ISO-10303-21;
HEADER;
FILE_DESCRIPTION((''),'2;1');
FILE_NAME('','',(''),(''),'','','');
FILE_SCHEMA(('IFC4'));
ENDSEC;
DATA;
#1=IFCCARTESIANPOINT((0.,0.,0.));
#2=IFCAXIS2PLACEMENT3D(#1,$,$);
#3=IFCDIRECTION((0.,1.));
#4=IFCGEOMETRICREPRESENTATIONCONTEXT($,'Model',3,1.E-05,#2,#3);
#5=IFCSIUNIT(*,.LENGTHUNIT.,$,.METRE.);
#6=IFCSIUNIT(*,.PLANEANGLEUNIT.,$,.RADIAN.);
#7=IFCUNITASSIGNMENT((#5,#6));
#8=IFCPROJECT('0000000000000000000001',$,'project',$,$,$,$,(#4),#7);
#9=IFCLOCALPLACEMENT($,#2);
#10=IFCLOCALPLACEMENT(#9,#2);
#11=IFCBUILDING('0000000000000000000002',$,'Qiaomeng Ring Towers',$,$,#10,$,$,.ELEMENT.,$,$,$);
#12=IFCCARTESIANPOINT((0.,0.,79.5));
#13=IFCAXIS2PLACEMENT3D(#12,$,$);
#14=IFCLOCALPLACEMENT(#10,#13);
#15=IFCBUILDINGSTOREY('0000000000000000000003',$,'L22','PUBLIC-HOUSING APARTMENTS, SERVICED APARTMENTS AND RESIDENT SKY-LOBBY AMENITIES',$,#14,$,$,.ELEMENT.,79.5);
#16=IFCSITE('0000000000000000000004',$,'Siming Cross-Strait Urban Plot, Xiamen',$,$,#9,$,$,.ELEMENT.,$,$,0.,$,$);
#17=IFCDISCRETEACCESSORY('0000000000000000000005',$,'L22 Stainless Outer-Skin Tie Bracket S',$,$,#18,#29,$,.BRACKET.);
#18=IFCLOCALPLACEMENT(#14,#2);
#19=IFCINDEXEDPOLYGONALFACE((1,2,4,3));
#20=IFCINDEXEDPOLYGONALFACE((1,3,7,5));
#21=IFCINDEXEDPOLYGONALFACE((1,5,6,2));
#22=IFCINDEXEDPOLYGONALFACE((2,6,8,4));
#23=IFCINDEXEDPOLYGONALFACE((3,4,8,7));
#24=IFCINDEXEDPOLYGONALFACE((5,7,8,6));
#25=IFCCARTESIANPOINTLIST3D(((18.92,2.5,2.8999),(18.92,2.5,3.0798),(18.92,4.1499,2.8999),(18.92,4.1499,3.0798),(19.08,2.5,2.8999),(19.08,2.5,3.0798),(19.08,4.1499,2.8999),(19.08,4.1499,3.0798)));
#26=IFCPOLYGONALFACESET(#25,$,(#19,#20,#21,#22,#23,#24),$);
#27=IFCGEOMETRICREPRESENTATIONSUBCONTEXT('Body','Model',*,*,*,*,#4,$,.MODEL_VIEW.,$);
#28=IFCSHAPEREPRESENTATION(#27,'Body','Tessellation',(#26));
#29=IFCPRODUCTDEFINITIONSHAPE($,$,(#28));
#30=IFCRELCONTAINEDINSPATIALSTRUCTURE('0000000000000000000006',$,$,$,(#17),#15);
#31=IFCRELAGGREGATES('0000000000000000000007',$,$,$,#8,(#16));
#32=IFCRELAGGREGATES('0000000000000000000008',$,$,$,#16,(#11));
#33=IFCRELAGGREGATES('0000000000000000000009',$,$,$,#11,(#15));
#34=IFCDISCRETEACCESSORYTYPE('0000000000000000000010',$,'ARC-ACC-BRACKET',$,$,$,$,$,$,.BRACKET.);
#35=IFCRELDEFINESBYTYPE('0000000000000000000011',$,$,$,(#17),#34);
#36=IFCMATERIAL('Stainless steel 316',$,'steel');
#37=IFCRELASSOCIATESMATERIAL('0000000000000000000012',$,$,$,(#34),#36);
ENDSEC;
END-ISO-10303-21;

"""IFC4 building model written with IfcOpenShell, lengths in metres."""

from ifc_helpers import new_model, si_unit, direction, frame, origin, origin_2d, place, context, subcontext, project, spatial, rectangle, extrude, source, transform, mapped, material, type_object, element, save


model = new_model("IFC4")

# Units and contexts
model_context = context("Model", 3, precision=1e-05, world=origin(), true_north=direction((0.0, 1.0)))
body_context = subcontext(model_context, "Body", "Model", "MODEL_VIEW")
ifc_project = project(units=[si_unit("LENGTHUNIT", "METRE"), si_unit("PLANEANGLEUNIT", "RADIAN")], contexts=[model_context])

# Site, building, storey
site_placement = place(None, origin())
site = spatial("IfcSite", under=ifc_project, at=site_placement, Name="Siming Cross-Strait Urban Plot, Xiamen", CompositionType="ELEMENT", RefElevation=0.0)
building_placement = place(site_placement, origin())
building = spatial("IfcBuilding", under=site, at=building_placement, Name="Qiaomeng Ring Towers", CompositionType="ELEMENT")
storey_placement = place(building_placement, frame((0.0, 0.0, 79.5)))
storey = spatial("IfcBuildingStorey", under=building, at=storey_placement, Name="L22", Description="PUBLIC-HOUSING APARTMENTS, SERVICED APARTMENTS AND RESIDENT SKY-LOBBY AMENITIES", CompositionType="ELEMENT", Elevation=79.5)

# Shared definitions
ifc_material_1 = material(Name="Stainless steel 316", Category="steel")

# Discrete accessory
discrete_accessory_type = type_object("IfcDiscreteAccessoryType", Name="ARC-ACC-BRACKET", PredefinedType="BRACKET", material=ifc_material_1)
shared_shape_1 = source(origin(), body_context, "Body", "SweptSolid", [
    extrude(rectangle(XDim=0.1599, YDim=1.6499, at=origin_2d()), origin(), (0.0, 0.0, 1.0), 0.1799),
])
discrete_accessory_placement = place(storey_placement, frame((19.0, 3.325, 2.8999), z_axis=(0.0, 0.0, 1.0), x_axis=(1.0, 0.0, 0.0)))
element("IfcDiscreteAccessory", 1, at=discrete_accessory_placement, inside=storey, type_object=discrete_accessory_type, Name="L22 Stainless Outer-Skin Tie Bracket S", PredefinedType="BRACKET", context=body_context, shape_type="MappedRepresentation", body=[
    mapped(shared_shape_1, transform((0.0, 0.0, 0.0), x_axis=(1.0, 0.0, 0.0), y_axis=(0.0, 1.0, 0.0), z_axis=(0.0, 0.0, 1.0), scale=1.0)),
])

save(model, "model.ifc")
